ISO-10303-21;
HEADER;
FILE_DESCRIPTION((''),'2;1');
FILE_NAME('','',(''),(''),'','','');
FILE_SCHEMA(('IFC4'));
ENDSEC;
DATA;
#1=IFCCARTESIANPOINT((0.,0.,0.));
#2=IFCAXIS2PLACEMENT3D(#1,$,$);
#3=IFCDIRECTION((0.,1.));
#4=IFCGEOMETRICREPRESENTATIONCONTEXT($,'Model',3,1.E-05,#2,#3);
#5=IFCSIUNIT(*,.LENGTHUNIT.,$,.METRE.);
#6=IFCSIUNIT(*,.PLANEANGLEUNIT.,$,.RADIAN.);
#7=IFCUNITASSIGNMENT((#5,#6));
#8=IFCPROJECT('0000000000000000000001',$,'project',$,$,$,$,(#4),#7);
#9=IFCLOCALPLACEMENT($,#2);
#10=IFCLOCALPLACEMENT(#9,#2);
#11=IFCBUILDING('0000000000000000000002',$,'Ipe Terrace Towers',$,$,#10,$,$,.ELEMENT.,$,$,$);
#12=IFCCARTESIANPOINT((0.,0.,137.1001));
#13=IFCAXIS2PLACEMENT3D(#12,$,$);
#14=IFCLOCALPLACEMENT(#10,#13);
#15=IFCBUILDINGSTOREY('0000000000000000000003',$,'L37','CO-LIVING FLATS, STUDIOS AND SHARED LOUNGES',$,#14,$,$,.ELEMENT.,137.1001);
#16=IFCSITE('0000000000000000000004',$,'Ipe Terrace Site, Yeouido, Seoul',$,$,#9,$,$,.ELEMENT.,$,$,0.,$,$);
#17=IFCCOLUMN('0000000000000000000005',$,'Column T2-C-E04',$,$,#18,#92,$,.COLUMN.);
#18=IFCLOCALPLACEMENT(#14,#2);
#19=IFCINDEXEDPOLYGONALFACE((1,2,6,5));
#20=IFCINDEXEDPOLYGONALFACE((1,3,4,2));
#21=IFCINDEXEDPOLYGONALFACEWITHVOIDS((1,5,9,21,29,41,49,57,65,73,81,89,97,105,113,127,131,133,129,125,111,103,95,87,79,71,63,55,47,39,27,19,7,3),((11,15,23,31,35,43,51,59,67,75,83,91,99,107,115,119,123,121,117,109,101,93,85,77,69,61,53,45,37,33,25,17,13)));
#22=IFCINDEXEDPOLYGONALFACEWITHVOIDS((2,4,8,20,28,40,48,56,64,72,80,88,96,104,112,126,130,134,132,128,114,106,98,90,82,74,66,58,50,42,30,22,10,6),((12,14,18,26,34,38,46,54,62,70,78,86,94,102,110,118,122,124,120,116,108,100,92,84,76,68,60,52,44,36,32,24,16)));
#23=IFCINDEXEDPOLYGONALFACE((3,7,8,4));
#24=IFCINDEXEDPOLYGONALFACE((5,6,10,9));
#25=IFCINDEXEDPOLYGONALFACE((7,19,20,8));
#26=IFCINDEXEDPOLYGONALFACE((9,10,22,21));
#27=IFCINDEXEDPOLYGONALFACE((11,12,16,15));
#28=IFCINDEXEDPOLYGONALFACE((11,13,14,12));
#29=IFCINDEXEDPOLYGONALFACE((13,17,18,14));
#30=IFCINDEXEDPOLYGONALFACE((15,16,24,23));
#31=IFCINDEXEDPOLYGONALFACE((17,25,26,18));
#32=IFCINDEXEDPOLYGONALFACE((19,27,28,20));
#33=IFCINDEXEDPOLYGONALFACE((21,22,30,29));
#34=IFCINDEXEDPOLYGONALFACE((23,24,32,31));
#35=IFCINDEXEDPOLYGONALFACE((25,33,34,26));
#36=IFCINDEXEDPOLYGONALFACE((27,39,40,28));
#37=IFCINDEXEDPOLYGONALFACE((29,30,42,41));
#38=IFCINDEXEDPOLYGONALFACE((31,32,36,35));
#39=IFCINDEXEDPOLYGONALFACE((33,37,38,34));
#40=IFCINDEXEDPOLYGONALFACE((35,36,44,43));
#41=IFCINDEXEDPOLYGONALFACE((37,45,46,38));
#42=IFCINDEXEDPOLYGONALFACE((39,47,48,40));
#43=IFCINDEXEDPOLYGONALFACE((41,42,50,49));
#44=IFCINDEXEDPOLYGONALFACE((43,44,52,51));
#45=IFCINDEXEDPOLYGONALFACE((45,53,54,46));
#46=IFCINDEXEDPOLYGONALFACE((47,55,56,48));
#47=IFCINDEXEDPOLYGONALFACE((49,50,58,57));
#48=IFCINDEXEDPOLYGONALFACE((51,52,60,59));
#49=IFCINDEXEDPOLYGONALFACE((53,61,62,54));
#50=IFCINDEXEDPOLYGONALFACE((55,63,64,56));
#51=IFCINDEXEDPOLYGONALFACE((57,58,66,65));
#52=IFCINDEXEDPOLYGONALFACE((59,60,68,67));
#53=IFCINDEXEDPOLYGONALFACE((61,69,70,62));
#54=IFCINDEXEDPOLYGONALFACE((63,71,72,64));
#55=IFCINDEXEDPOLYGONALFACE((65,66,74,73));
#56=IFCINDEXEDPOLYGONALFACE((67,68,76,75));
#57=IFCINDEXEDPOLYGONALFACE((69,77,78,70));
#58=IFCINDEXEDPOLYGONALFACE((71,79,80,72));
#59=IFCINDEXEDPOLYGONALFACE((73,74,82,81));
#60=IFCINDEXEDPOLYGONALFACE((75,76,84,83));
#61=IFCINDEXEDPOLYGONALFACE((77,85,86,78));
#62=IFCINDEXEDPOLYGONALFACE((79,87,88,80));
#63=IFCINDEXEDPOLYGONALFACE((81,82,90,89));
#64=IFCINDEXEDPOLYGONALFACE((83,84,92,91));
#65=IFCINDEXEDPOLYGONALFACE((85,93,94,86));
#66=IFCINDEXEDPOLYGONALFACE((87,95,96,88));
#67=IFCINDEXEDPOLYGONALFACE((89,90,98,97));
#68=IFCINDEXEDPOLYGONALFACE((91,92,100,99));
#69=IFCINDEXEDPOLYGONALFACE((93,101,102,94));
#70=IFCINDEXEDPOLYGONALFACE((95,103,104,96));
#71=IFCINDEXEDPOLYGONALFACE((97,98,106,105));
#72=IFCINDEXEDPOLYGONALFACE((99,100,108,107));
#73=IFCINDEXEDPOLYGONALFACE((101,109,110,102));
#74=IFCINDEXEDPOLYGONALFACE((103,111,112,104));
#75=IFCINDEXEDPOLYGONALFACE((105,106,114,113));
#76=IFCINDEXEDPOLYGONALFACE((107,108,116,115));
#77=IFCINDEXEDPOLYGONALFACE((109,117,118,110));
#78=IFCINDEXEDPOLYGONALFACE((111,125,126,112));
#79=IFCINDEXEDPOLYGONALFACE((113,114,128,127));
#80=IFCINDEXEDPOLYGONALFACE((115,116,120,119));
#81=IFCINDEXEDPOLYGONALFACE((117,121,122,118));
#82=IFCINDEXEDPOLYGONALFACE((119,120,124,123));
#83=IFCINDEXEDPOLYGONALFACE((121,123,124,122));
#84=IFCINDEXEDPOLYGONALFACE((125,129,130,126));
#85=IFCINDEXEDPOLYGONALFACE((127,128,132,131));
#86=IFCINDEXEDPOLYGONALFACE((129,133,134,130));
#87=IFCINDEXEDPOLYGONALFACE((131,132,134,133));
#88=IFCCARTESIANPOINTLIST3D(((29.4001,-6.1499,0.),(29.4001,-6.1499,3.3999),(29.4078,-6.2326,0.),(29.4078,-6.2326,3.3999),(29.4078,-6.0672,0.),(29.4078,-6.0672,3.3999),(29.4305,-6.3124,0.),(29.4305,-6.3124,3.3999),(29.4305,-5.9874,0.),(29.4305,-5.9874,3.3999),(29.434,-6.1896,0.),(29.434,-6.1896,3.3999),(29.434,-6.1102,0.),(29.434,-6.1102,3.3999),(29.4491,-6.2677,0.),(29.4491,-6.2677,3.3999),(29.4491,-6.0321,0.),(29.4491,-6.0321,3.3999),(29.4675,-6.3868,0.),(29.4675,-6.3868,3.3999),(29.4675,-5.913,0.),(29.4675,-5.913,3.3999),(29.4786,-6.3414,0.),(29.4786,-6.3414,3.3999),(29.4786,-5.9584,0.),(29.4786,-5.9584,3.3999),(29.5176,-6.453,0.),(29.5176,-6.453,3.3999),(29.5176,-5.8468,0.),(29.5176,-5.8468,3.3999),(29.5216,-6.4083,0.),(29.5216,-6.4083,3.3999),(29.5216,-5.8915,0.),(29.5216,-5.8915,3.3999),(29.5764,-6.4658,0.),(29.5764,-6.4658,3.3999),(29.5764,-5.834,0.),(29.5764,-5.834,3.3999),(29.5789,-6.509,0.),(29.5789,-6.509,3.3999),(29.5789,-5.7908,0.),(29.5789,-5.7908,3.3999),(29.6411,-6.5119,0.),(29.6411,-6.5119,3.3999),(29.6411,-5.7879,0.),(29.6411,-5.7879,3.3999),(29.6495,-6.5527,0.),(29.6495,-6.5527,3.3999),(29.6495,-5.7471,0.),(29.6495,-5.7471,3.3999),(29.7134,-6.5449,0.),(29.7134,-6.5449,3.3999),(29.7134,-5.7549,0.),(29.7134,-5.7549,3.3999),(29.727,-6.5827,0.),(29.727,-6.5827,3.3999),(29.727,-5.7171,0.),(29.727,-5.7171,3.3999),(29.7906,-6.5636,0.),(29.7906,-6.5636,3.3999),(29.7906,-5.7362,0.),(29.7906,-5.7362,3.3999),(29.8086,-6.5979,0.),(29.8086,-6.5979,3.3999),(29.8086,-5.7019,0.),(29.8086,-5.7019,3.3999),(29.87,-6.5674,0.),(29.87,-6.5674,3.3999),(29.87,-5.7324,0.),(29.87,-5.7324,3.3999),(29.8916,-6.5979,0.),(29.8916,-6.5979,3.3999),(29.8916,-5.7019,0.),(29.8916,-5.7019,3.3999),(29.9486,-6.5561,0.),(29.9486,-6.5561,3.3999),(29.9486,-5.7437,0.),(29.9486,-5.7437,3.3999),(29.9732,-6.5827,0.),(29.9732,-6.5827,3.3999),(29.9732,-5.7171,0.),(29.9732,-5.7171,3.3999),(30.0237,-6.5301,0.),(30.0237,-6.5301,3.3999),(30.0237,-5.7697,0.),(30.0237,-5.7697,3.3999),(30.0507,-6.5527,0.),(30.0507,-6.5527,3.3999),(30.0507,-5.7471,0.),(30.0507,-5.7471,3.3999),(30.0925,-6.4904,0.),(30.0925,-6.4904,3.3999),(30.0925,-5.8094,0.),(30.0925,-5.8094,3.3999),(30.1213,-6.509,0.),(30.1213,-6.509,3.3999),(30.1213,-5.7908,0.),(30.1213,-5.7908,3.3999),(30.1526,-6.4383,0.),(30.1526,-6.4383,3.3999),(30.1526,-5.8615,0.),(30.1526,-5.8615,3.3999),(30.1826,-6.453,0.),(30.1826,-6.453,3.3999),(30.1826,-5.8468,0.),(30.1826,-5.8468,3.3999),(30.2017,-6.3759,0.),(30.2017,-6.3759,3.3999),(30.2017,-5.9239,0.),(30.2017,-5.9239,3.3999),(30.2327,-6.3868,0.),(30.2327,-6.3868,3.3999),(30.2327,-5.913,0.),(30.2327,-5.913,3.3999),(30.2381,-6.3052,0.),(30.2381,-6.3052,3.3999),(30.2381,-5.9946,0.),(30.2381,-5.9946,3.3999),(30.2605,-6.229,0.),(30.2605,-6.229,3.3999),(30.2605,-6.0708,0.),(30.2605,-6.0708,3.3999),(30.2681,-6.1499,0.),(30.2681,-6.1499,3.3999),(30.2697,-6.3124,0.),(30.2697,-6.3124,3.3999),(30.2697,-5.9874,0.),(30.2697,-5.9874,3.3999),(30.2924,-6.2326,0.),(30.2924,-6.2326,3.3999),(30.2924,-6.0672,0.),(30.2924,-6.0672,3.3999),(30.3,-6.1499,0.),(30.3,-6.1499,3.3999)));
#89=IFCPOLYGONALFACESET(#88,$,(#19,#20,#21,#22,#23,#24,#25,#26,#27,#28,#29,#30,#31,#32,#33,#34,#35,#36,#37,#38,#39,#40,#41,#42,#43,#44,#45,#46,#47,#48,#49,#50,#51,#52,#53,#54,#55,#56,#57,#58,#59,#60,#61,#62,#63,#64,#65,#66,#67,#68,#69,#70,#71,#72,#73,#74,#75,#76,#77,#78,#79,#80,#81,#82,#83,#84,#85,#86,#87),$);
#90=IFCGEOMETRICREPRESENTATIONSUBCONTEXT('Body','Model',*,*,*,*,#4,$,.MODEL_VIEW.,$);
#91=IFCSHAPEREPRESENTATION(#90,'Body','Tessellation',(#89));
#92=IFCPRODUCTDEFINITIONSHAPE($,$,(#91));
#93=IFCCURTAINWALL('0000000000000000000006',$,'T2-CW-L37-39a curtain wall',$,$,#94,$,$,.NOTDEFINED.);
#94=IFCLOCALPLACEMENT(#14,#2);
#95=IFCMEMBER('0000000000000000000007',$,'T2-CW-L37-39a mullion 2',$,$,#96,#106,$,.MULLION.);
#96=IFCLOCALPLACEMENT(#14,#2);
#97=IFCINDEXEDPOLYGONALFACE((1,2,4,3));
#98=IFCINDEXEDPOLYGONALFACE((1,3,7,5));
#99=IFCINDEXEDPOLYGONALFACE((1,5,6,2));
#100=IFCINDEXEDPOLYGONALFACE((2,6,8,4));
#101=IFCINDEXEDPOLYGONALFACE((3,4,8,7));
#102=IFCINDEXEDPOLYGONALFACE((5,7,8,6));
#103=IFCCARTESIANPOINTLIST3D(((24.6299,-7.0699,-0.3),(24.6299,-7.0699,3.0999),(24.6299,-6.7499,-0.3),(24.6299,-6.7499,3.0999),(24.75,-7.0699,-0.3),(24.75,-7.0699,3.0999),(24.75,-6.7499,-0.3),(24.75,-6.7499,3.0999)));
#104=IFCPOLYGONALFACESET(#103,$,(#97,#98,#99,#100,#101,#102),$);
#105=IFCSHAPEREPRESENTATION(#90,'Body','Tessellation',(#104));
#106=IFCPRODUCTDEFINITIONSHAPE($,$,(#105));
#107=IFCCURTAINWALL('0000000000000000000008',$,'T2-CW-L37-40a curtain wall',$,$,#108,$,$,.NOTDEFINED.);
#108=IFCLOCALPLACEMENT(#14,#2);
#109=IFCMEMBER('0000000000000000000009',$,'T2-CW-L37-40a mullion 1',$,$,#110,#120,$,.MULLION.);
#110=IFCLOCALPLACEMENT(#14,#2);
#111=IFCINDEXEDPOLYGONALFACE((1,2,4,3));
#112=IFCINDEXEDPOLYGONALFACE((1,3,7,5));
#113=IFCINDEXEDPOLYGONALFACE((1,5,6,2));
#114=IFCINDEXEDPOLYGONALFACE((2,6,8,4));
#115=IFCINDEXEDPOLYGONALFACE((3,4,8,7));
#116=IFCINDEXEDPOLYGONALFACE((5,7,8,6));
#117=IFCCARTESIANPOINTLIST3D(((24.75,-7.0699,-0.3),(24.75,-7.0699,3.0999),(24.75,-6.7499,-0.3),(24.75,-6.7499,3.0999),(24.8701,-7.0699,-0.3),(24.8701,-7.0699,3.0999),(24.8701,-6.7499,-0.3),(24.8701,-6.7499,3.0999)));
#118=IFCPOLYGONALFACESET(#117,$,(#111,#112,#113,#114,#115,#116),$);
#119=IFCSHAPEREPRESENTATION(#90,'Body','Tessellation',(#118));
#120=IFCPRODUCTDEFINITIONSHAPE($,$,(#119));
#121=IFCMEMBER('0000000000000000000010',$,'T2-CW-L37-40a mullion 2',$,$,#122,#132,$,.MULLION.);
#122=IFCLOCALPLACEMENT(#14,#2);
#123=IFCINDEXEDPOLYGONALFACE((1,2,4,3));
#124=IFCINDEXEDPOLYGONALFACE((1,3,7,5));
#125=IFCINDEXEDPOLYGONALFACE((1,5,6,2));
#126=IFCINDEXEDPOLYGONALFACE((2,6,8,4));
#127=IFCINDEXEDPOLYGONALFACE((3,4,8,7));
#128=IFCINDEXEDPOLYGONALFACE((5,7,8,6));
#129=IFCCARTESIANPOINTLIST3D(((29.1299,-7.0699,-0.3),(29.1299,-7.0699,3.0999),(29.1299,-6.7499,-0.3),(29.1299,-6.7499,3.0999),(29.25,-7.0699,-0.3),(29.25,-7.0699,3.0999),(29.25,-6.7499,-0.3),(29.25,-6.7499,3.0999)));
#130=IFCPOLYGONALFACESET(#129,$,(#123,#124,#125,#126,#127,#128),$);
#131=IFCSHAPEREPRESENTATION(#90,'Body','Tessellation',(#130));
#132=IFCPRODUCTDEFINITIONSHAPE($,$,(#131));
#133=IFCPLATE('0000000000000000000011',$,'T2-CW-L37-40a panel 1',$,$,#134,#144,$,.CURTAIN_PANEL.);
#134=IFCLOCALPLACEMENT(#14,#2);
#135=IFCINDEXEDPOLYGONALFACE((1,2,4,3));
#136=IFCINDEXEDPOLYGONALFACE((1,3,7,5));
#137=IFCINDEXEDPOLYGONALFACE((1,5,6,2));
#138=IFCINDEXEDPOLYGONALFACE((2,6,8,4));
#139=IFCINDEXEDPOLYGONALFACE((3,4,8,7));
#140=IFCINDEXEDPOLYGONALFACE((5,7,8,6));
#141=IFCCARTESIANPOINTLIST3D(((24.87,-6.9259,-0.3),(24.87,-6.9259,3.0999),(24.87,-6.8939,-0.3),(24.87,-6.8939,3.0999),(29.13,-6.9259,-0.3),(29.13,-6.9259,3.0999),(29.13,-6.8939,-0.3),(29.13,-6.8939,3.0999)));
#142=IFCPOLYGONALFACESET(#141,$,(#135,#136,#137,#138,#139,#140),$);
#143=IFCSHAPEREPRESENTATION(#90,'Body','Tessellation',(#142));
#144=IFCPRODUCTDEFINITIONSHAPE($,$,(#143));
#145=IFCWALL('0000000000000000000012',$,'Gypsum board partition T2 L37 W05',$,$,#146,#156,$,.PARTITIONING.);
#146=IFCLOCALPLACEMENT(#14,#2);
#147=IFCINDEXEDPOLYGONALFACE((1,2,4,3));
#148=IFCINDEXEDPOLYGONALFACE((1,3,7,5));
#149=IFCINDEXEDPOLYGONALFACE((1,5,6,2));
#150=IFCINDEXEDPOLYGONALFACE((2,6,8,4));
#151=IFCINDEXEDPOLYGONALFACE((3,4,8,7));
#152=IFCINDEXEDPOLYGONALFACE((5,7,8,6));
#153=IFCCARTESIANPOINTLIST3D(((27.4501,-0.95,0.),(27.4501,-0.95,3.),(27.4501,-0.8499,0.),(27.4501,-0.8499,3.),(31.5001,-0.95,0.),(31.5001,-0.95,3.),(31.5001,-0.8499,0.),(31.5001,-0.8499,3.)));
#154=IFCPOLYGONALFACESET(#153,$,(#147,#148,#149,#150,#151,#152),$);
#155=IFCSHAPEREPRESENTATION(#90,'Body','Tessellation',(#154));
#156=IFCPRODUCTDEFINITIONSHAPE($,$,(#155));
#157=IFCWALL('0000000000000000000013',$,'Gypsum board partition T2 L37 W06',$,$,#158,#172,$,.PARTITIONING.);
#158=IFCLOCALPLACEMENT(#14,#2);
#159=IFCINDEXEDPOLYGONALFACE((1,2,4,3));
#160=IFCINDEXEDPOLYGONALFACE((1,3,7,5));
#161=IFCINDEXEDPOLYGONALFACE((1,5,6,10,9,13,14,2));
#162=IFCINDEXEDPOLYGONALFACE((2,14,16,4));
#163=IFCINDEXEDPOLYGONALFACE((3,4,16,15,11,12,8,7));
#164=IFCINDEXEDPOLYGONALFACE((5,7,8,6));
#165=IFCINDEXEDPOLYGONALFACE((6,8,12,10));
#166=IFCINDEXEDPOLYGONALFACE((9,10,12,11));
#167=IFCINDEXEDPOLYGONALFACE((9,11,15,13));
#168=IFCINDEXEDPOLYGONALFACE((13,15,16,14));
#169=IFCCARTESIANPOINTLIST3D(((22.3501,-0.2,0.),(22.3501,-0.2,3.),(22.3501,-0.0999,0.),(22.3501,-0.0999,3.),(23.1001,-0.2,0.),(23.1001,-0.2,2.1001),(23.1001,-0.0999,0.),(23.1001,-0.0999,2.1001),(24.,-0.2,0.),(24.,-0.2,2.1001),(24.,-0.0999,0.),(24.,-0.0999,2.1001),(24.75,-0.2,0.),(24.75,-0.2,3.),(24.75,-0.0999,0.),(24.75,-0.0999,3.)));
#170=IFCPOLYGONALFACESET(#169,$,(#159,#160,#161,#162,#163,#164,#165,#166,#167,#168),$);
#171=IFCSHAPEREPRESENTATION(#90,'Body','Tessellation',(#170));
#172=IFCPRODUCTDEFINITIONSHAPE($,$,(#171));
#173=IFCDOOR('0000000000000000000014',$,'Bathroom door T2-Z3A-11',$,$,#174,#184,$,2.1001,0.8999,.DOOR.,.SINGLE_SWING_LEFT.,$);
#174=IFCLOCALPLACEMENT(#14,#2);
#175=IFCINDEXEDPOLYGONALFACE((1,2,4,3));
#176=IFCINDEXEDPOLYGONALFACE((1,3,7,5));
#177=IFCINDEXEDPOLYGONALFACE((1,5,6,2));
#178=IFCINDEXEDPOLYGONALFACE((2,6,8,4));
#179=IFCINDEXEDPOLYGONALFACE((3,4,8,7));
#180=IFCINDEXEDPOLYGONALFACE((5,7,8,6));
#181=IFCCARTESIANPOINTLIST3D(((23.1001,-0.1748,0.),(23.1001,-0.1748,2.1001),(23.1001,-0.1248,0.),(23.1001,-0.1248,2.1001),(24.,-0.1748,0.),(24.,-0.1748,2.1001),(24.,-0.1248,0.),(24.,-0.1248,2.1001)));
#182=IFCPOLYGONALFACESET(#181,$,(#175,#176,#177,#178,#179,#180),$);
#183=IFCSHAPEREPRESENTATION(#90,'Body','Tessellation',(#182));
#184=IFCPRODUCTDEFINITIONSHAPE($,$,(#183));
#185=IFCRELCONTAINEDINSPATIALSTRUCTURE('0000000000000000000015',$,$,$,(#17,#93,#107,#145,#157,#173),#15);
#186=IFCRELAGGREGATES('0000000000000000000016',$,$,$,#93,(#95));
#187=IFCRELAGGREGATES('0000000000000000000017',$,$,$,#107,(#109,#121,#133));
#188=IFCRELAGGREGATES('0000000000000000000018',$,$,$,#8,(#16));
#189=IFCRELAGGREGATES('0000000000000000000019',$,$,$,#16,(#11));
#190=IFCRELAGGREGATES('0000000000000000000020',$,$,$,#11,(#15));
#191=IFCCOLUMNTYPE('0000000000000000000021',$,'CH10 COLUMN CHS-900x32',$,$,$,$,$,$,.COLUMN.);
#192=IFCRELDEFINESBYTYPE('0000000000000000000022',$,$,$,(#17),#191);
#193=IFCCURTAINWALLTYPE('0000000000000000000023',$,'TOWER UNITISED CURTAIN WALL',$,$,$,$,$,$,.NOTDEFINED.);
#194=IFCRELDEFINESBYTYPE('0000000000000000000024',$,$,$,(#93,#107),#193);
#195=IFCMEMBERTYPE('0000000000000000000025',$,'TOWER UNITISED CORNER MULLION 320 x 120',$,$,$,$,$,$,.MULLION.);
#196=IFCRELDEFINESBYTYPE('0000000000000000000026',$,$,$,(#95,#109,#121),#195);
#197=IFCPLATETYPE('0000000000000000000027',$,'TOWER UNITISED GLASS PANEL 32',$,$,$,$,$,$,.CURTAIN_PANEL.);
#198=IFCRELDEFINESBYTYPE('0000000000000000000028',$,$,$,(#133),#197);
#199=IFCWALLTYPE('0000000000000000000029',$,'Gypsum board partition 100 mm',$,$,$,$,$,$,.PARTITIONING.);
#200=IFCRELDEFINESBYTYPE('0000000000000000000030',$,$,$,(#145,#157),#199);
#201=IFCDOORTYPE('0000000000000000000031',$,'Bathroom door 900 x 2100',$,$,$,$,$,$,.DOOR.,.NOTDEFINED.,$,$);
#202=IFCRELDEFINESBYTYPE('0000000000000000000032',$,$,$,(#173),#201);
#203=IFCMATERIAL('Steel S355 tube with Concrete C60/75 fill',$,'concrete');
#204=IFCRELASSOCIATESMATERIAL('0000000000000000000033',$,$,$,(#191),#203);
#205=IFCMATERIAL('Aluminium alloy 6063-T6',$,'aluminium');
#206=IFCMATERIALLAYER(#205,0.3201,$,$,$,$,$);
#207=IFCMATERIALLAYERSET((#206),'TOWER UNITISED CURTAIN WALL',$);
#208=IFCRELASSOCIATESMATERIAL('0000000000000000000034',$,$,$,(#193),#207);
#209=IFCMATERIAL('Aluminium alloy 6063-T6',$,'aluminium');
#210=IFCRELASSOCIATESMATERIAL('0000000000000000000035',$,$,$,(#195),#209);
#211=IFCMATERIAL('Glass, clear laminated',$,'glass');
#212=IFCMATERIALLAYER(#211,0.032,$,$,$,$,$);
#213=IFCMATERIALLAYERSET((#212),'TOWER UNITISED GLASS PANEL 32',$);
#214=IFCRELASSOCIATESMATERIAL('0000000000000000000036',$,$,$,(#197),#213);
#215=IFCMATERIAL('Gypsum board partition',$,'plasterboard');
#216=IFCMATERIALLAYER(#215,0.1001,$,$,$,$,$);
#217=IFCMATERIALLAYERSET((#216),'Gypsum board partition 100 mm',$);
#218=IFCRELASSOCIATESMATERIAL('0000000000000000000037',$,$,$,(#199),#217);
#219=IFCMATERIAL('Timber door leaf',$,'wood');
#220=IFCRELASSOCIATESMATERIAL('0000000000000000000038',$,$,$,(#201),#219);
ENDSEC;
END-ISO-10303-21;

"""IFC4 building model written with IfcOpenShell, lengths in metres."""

from ifc_helpers import new_model, si_unit, direction, frame, frame_2d, origin, origin_2d, place, context, subcontext, project, spatial, rectangle, hollow_circle, extrude, material, layer, layer_set, material_profile, profile_set, type_object, element, fill, aggregate, save


model = new_model("IFC4")

# Units and contexts
model_context = context("Model", 3, precision=1e-05, world=origin(), true_north=direction((0.0, 1.0)))
body_context = subcontext(model_context, "Body", "Model", "MODEL_VIEW")
ifc_project = project(units=[si_unit("LENGTHUNIT", "METRE"), si_unit("PLANEANGLEUNIT", "RADIAN")], contexts=[model_context])

# Site, building, storey
site_placement = place(None, origin())
site = spatial("IfcSite", under=ifc_project, at=site_placement, Name="Ipe Terrace Site, Yeouido, Seoul", CompositionType="ELEMENT", RefElevation=0.0)
building_placement = place(site_placement, origin())
building = spatial("IfcBuilding", under=site, at=building_placement, Name="Ipe Terrace Towers", CompositionType="ELEMENT")
storey_placement = place(building_placement, frame((0.0, 0.0, 137.1001)))
storey = spatial("IfcBuildingStorey", under=building, at=storey_placement, Name="L37", Description="CO-LIVING FLATS, STUDIOS AND SHARED LOUNGES", CompositionType="ELEMENT", Elevation=137.1001)

# Column
ifc_material_1 = material(Name="Steel S355 tube with Concrete C60/75 fill", Category="concrete")
ifc_material_profile_1 = material_profile(ifc_material_1, hollow_circle(Radius=0.45, WallThickness=0.032, at=origin_2d()), Name="CHS-900x32")
ifc_profile_set_1 = profile_set([ifc_material_profile_1], Name="Steel S355 tube with Concrete C60/75 fill")
column_type = type_object("IfcColumnType", Name="CH10 COLUMN CHS-900x32", PredefinedType="COLUMN", material=ifc_profile_set_1)
column_placement = place(storey_placement, frame((29.8501, -6.1499, 0.0), z_axis=(0.0, 0.0, 1.0), x_axis=(1.0, 0.0, 0.0)))
element("IfcColumn", 1, at=column_placement, inside=storey, type_object=column_type, Name="Column T2-C-E04", PredefinedType="COLUMN", context=body_context, shape_type="SweptSolid", body=[
    extrude(hollow_circle(Radius=0.45, WallThickness=0.032, at=origin_2d()), origin(), (0.0, 0.0, 1.0), 3.3999),
])

# Curtain wall, member
ifc_material_2 = material(Name="Aluminium alloy 6063-T6", Category="aluminium")
ifc_layer_1 = layer(ifc_material_2, 0.3201)
ifc_layer_set_1 = layer_set([ifc_layer_1], Name="TOWER UNITISED CURTAIN WALL")
curtain_wall_type = type_object("IfcCurtainWallType", Name="TOWER UNITISED CURTAIN WALL", PredefinedType="NOTDEFINED", material=ifc_layer_set_1)
curtain_wall_1_placement = place(storey_placement, origin())
curtain_wall_1 = element("IfcCurtainWall", 2, at=curtain_wall_1_placement, inside=storey, type_object=curtain_wall_type, Name="T2-CW-L37-39a curtain wall", PredefinedType="NOTDEFINED")
ifc_material_3 = material(Name="Aluminium alloy 6063-T6", Category="aluminium")
ifc_material_profile_2 = material_profile(ifc_material_3, rectangle(XDim=0.3201, YDim=0.1201, at=origin_2d()), Name="TOWER UNITISED CORNER MULLION 320 x 120")
ifc_profile_set_2 = profile_set([ifc_material_profile_2], Name="Aluminium alloy 6063-T6")
member_type = type_object("IfcMemberType", Name="TOWER UNITISED CORNER MULLION 320 x 120", PredefinedType="MULLION", material=ifc_profile_set_2)
member_1_placement = place(storey_placement, frame((24.6899, -6.9099, -0.3), z_axis=(0.0, 0.0, 1.0), x_axis=(0.0, -1.0, 0.0)))
member_1 = element("IfcMember", 3, at=member_1_placement, type_object=member_type, Name="T2-CW-L37-39a mullion 2", PredefinedType="MULLION", context=body_context, shape_type="SweptSolid", body=[
    extrude(rectangle(XDim=0.3201, YDim=0.1201, at=origin_2d()), origin(), (0.0, 0.0, 1.0), 3.3999),
])
aggregate(curtain_wall_1, [member_1])

# Curtain wall, members, plate
curtain_wall_2_placement = place(storey_placement, origin())
curtain_wall_2 = element("IfcCurtainWall", 4, at=curtain_wall_2_placement, inside=storey, type_object=curtain_wall_type, Name="T2-CW-L37-40a curtain wall", PredefinedType="NOTDEFINED")
member_2_placement = place(storey_placement, frame((24.8101, -6.9099, -0.3), z_axis=(0.0, 0.0, 1.0), x_axis=(0.0, -1.0, 0.0)))
member_2 = element("IfcMember", 5, at=member_2_placement, type_object=member_type, Name="T2-CW-L37-40a mullion 1", PredefinedType="MULLION", context=body_context, shape_type="SweptSolid", body=[
    extrude(rectangle(XDim=0.3201, YDim=0.1201, at=origin_2d()), origin(), (0.0, 0.0, 1.0), 3.3999),
])
member_3_placement = place(storey_placement, frame((29.1899, -6.9099, -0.3), z_axis=(0.0, 0.0, 1.0), x_axis=(0.0, -1.0, 0.0)))
member_3 = element("IfcMember", 6, at=member_3_placement, type_object=member_type, Name="T2-CW-L37-40a mullion 2", PredefinedType="MULLION", context=body_context, shape_type="SweptSolid", body=[
    extrude(rectangle(XDim=0.3201, YDim=0.1201, at=origin_2d()), origin(), (0.0, 0.0, 1.0), 3.3999),
])
ifc_material_4 = material(Name="Glass, clear laminated", Category="glass")
ifc_layer_2 = layer(ifc_material_4, 0.032)
ifc_layer_set_2 = layer_set([ifc_layer_2], Name="TOWER UNITISED GLASS PANEL 32")
plate_type = type_object("IfcPlateType", Name="TOWER UNITISED GLASS PANEL 32", PredefinedType="CURTAIN_PANEL", material=ifc_layer_set_2)
plate_placement = place(storey_placement, frame((27.0, -6.9099, -0.3), z_axis=(0.0, 0.0, 1.0), x_axis=(1.0, 0.0, 0.0)))
plate = element("IfcPlate", 7, at=plate_placement, type_object=plate_type, Name="T2-CW-L37-40a panel 1", PredefinedType="CURTAIN_PANEL", context=body_context, shape_type="SweptSolid", body=[
    extrude(rectangle(XDim=4.26, YDim=0.032, at=origin_2d()), origin(), (0.0, 0.0, 1.0), 3.3999),
])
aggregate(curtain_wall_2, [member_2, member_3, plate])

# Wall
ifc_material_5 = material(Name="Gypsum board partition", Category="plasterboard")
ifc_layer_3 = layer(ifc_material_5, 0.1001)
ifc_layer_set_3 = layer_set([ifc_layer_3], Name="Gypsum board partition 100 mm")
wall_type_1 = type_object("IfcWallType", Name="Gypsum board partition 100 mm", PredefinedType="PARTITIONING", material=ifc_layer_set_3)
wall_1_placement = place(storey_placement, frame((31.5, -0.8999, 0.0), z_axis=(0.0, 0.0, 1.0), x_axis=(-1.0, 0.0, 0.0)))
element("IfcWall", 8, at=wall_1_placement, inside=storey, type_object=wall_type_1, Name="Gypsum board partition T2 L37 W05", PredefinedType="PARTITIONING", context=body_context, shape_type="SweptSolid", body=[
    extrude(rectangle(XDim=4.05, YDim=0.1001, at=frame_2d((2.0249, 0.0))), origin(), (0.0, 0.0, 1.0), 3.0),
])

# Wall, opening, door
wall_2_placement = place(storey_placement, frame((24.75, -0.1499, 0.0), z_axis=(0.0, 0.0, 1.0), x_axis=(-1.0, 0.0, 0.0)))
wall_2 = element("IfcWall", 9, at=wall_2_placement, inside=storey, type_object=wall_type_1, Name="Gypsum board partition T2 L37 W06", PredefinedType="PARTITIONING", context=body_context, shape_type="SweptSolid", body=[
    extrude(rectangle(XDim=2.3999, YDim=0.1001, at=frame_2d((1.2, 0.0))), origin(), (0.0, 0.0, 1.0), 3.0),
])
opening_1_placement = place(wall_2_placement, frame((0.75, 0.0, 0.0)))
opening_1 = element("IfcOpeningElement", 10, at=opening_1_placement, cuts=wall_2, PredefinedType="OPENING", context=body_context, shape_type="SweptSolid", body=[
    extrude(rectangle(XDim=0.8999, YDim=2.1001, at=frame_2d((0.45, 1.05))), frame((0.0, 0.0601, 0.0), z_axis=(0.0, -1.0, 0.0), x_axis=(1.0, 0.0, 0.0)), (0.0, 0.0, 1.0), 0.1201),
])
ifc_material_6 = material(Name="Timber door leaf", Category="wood")
door_type_1 = type_object("IfcDoorType", Name="Bathroom door 900 x 2100", OperationType="NOTDEFINED", PredefinedType="DOOR", material=ifc_material_6)
door_1_placement = place(opening_1_placement, origin())
door_1 = element("IfcDoor", 11, at=door_1_placement, inside=storey, type_object=door_type_1, Name="Bathroom door T2-Z3A-11", OperationType="SINGLE_SWING_LEFT", OverallHeight=2.1001, OverallWidth=0.8999, PredefinedType="DOOR", context=body_context, shape_type="SweptSolid", body=[
    extrude(rectangle(XDim=0.8999, YDim=2.1001, at=frame_2d((0.45, 1.05))), frame((0.0, 0.0249, 0.0), z_axis=(0.0, -1.0, 0.0), x_axis=(1.0, 0.0, 0.0)), (0.0, 0.0, 1.0), 0.05),
])
fill(opening_1, door_1)

save(model, "model.ifc")
